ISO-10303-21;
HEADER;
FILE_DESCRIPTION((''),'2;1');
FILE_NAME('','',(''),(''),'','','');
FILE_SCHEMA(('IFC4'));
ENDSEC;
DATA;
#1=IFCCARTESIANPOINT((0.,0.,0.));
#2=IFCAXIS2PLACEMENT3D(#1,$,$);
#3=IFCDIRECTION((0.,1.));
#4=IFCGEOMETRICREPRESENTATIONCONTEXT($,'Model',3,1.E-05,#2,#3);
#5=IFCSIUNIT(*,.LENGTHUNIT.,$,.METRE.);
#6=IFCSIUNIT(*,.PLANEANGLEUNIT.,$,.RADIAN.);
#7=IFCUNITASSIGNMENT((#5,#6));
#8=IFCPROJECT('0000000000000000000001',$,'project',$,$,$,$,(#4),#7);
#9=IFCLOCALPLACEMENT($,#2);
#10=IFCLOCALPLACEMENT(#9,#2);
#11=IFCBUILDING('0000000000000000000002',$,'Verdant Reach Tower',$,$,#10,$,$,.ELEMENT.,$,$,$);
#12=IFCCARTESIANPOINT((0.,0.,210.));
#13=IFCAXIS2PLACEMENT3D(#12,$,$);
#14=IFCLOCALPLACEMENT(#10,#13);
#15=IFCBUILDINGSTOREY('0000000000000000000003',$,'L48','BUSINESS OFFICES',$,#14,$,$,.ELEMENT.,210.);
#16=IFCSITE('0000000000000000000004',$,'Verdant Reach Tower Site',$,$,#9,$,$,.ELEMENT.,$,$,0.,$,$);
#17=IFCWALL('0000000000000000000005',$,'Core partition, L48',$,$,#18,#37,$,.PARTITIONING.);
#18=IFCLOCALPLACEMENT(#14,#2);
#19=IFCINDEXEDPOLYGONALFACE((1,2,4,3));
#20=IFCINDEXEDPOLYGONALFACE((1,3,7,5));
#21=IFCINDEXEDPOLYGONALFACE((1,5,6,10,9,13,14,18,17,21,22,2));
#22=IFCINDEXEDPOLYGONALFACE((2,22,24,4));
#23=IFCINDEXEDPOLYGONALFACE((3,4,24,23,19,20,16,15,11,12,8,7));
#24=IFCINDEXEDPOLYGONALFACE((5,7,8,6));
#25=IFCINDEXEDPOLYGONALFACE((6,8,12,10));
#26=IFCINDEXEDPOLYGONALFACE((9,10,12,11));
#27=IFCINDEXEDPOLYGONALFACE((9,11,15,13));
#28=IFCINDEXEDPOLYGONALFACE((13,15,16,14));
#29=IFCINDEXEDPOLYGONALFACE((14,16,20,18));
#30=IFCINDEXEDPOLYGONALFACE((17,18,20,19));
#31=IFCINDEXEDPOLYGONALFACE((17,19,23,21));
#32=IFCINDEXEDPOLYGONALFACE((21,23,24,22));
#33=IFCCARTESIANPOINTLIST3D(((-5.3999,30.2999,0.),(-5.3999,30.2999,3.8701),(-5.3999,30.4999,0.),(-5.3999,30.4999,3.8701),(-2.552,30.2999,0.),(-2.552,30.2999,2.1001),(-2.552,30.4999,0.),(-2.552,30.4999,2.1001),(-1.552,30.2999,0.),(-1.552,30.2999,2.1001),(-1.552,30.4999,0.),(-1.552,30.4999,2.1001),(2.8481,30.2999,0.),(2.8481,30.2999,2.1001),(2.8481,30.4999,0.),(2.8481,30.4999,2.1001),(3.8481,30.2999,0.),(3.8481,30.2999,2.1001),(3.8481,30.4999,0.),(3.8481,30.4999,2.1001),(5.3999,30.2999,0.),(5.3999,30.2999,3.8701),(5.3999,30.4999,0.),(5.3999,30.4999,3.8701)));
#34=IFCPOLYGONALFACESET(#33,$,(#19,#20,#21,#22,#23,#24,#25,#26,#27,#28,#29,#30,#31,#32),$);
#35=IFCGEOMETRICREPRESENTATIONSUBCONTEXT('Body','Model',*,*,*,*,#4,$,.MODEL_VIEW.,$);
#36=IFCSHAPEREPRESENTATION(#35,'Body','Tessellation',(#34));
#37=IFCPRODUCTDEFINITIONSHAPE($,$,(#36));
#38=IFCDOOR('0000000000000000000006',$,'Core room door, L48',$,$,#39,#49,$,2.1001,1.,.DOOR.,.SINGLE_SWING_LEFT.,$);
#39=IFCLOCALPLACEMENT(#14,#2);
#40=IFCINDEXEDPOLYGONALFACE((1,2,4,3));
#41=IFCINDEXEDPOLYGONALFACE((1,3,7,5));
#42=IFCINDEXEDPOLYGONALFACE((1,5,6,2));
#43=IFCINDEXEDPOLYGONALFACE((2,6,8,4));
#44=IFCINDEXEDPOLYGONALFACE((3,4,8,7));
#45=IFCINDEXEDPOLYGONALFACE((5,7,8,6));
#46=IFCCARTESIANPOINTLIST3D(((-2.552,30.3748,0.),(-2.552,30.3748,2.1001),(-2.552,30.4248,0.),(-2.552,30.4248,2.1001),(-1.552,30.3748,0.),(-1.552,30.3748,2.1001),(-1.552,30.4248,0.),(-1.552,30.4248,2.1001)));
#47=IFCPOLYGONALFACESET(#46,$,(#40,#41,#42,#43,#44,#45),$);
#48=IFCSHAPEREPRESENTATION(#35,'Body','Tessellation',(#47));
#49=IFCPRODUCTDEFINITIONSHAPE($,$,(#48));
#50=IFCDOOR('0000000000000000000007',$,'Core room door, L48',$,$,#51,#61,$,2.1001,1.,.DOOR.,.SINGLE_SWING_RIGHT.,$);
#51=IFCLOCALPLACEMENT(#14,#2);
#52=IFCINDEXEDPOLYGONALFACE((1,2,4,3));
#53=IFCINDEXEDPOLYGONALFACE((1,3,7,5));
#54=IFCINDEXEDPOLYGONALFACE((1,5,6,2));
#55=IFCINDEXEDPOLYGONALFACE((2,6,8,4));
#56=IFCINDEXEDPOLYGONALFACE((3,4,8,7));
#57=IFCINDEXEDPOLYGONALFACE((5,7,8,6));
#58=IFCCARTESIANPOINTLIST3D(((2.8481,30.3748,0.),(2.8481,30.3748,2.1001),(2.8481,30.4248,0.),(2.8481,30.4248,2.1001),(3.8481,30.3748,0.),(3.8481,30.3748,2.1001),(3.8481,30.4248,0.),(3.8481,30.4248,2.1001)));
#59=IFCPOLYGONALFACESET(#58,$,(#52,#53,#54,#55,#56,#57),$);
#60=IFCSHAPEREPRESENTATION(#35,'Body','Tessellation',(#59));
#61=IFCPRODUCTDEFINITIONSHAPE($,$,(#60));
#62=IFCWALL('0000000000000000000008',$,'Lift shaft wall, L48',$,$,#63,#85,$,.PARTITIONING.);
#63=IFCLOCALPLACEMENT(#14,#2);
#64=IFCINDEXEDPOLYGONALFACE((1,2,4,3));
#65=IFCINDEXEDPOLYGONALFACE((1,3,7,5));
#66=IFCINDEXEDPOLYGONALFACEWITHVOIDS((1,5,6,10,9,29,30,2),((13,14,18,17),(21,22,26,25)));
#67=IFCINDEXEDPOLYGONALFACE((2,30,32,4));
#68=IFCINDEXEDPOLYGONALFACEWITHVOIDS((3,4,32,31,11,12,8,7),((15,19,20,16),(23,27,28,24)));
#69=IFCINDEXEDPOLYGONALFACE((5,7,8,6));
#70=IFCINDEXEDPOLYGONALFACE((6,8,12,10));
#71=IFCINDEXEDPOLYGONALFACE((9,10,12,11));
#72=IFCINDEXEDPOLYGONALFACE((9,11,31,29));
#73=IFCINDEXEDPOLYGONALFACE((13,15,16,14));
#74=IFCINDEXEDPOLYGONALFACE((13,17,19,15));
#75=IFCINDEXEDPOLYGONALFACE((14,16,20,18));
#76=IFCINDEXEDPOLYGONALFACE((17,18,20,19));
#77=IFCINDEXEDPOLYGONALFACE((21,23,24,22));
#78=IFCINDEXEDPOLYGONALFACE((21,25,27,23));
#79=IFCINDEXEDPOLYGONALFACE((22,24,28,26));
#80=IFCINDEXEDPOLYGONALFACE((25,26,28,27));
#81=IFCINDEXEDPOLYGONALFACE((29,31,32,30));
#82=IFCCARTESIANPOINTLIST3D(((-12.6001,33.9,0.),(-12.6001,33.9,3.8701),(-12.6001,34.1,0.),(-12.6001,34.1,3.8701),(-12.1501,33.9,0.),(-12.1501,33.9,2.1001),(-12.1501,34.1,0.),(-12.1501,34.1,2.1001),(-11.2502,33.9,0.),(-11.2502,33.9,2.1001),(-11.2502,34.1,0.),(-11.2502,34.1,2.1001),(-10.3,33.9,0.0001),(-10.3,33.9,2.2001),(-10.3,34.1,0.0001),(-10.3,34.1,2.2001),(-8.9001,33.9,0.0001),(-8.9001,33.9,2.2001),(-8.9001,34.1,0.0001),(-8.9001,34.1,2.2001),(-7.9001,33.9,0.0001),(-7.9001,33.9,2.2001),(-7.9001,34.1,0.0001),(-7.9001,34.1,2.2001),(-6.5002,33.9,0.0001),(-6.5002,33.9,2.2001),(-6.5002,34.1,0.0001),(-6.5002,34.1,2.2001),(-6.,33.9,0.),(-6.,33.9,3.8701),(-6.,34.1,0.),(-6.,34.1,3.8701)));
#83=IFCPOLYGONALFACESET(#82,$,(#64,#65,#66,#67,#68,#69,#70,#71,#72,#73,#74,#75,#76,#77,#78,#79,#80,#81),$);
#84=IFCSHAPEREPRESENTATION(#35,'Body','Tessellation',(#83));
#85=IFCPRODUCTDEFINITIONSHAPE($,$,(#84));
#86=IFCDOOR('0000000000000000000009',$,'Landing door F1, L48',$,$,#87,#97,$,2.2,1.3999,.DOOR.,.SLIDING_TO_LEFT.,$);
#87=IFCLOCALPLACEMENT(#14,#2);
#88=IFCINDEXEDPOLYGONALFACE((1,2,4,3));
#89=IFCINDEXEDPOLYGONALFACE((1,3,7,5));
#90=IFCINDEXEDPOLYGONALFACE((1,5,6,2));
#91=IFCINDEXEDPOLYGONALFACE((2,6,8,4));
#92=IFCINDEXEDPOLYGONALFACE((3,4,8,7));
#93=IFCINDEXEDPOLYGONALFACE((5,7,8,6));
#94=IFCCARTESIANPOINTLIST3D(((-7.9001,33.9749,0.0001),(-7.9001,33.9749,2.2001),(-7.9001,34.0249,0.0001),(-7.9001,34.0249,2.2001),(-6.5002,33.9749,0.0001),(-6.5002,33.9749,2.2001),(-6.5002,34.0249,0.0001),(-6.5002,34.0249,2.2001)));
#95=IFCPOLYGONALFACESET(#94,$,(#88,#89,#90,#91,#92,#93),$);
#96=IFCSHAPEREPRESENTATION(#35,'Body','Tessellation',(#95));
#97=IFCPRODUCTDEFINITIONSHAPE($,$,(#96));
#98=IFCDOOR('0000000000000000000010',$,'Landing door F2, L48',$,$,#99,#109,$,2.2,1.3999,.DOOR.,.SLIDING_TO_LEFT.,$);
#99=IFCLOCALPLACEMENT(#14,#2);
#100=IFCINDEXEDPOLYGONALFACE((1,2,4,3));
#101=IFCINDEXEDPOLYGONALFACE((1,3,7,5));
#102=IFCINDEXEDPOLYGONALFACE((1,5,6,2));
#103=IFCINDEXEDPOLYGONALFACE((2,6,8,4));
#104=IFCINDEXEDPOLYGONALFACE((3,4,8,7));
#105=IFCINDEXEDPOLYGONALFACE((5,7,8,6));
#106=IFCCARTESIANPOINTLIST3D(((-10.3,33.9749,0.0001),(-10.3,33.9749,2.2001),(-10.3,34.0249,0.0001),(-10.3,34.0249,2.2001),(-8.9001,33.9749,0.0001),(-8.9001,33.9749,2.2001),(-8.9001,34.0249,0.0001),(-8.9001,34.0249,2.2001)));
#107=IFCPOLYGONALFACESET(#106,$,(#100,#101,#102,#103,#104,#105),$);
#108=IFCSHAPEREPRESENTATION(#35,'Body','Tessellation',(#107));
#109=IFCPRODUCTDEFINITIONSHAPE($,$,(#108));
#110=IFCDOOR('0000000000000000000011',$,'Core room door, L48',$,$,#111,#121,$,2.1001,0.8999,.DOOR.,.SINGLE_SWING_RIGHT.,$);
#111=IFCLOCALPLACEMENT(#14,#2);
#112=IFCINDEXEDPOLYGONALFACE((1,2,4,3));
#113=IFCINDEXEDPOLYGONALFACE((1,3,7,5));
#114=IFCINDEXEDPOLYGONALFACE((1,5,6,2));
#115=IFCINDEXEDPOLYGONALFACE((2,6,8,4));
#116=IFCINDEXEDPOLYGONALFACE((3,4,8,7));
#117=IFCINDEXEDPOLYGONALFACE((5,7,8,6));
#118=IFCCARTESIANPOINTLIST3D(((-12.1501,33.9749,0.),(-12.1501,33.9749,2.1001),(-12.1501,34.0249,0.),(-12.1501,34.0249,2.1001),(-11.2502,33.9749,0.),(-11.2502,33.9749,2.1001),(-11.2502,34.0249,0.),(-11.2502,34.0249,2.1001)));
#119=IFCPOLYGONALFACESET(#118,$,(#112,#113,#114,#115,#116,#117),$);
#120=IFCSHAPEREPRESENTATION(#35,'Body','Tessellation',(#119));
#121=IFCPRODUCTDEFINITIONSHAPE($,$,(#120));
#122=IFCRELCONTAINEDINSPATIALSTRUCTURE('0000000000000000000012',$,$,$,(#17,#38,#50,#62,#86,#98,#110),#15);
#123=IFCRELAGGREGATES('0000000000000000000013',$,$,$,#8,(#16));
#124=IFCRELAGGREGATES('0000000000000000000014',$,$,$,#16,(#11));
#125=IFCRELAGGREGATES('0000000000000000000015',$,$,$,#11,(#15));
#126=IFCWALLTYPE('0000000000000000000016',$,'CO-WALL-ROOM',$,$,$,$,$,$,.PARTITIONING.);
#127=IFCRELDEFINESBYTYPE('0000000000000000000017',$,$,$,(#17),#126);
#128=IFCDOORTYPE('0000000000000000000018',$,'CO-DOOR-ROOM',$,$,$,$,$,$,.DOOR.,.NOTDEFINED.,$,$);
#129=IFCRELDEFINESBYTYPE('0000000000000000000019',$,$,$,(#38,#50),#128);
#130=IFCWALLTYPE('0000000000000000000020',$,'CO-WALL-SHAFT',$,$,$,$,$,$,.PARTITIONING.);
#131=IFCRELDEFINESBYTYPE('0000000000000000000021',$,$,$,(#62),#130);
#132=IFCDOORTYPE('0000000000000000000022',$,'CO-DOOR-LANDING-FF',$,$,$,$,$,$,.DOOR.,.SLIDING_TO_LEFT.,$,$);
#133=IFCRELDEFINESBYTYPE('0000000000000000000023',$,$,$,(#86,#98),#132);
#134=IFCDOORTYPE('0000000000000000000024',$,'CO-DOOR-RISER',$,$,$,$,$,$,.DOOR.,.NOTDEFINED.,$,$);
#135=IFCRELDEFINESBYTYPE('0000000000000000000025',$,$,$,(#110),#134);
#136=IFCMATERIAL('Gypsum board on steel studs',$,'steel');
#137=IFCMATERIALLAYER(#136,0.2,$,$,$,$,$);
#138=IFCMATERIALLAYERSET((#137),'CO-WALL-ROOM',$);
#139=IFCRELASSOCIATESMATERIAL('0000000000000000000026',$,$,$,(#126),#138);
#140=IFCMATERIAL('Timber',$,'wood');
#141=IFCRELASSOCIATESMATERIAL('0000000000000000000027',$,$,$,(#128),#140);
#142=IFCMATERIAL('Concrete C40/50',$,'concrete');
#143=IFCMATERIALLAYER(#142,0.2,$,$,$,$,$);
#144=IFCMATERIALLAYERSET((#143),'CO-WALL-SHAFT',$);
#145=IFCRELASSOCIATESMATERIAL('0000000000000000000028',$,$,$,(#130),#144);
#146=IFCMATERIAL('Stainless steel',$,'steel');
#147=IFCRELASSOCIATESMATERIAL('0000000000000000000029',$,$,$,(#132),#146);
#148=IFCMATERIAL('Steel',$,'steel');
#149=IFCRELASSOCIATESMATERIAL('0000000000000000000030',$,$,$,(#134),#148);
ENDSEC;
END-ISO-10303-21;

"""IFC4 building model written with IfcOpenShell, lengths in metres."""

from ifc_helpers import new_model, si_unit, direction, frame, frame_2d, origin, place, context, subcontext, project, spatial, rectangle, extrude, material, layer, layer_set, type_object, element, fill, save


model = new_model("IFC4")

# Units and contexts
model_context = context("Model", 3, precision=1e-05, world=origin(), true_north=direction((0.0, 1.0)))
body_context = subcontext(model_context, "Body", "Model", "MODEL_VIEW")
ifc_project = project(units=[si_unit("LENGTHUNIT", "METRE"), si_unit("PLANEANGLEUNIT", "RADIAN")], contexts=[model_context])

# Site, building, storey
site_placement = place(None, origin())
site = spatial("IfcSite", under=ifc_project, at=site_placement, Name="Verdant Reach Tower Site", CompositionType="ELEMENT", RefElevation=0.0)
building_placement = place(site_placement, origin())
building = spatial("IfcBuilding", under=site, at=building_placement, Name="Verdant Reach Tower", CompositionType="ELEMENT")
storey_placement = place(building_placement, frame((0.0, 0.0, 210.0)))
storey = spatial("IfcBuildingStorey", under=building, at=storey_placement, Name="L48", Description="BUSINESS OFFICES", CompositionType="ELEMENT", Elevation=210.0)

# Walls, openings, doors
ifc_material_1 = material(Name="Gypsum board on steel studs", Category="steel")
ifc_layer_1 = layer(ifc_material_1, 0.2)
ifc_layer_set_1 = layer_set([ifc_layer_1], Name="CO-WALL-ROOM")
wall_type_1 = type_object("IfcWallType", Name="CO-WALL-ROOM", PredefinedType="PARTITIONING", material=ifc_layer_set_1)
wall_1_placement = place(storey_placement, frame((-5.3999, 30.3999, 0.0), z_axis=(0.0, 0.0, 1.0), x_axis=(1.0, 0.0, 0.0)))
wall_1 = element("IfcWall", 1, at=wall_1_placement, inside=storey, type_object=wall_type_1, Name="Core partition, L48", PredefinedType="PARTITIONING", context=body_context, shape_type="SweptSolid", body=[
    extrude(rectangle(XDim=10.7998, YDim=0.2, at=frame_2d((5.3999, 0.0))), origin(), (0.0, 0.0, 1.0), 3.8701),
])
opening_1_placement = place(wall_1_placement, frame((2.8479, 0.0, 0.0)))
opening_1 = element("IfcOpeningElement", 2, at=opening_1_placement, cuts=wall_1, PredefinedType="OPENING", context=body_context, shape_type="SweptSolid", body=[
    extrude(rectangle(XDim=1.0, YDim=2.1001, at=frame_2d((0.5, 1.05))), frame((0.0, 0.1099, 0.0), z_axis=(0.0, -1.0, 0.0), x_axis=(1.0, 0.0, 0.0)), (0.0, 0.0, 1.0), 0.22),
])
opening_2_placement = place(wall_1_placement, frame((8.248, 0.0, 0.0)))
opening_2 = element("IfcOpeningElement", 3, at=opening_2_placement, cuts=wall_1, PredefinedType="OPENING", context=body_context, shape_type="SweptSolid", body=[
    extrude(rectangle(XDim=1.0, YDim=2.1001, at=frame_2d((0.5, 1.05))), frame((0.0, 0.1099, 0.0), z_axis=(0.0, -1.0, 0.0), x_axis=(1.0, 0.0, 0.0)), (0.0, 0.0, 1.0), 0.22),
])
ifc_material_2 = material(Name="Timber", Category="wood")
door_type_1 = type_object("IfcDoorType", Name="CO-DOOR-ROOM", OperationType="NOTDEFINED", PredefinedType="DOOR", material=ifc_material_2)
door_1_placement = place(opening_1_placement, origin())
door_1 = element("IfcDoor", 4, at=door_1_placement, inside=storey, type_object=door_type_1, Name="Core room door, L48", OperationType="SINGLE_SWING_LEFT", OverallHeight=2.1001, OverallWidth=1.0, PredefinedType="DOOR", context=body_context, shape_type="SweptSolid", body=[
    extrude(rectangle(XDim=1.0, YDim=2.1001, at=frame_2d((0.5, 1.05))), frame((0.0, 0.0249, 0.0), z_axis=(0.0, -1.0, 0.0), x_axis=(1.0, 0.0, 0.0)), (0.0, 0.0, 1.0), 0.05),
])
fill(opening_1, door_1)
door_2_placement = place(opening_2_placement, origin())
door_2 = element("IfcDoor", 5, at=door_2_placement, inside=storey, type_object=door_type_1, Name="Core room door, L48", OperationType="SINGLE_SWING_RIGHT", OverallHeight=2.1001, OverallWidth=1.0, PredefinedType="DOOR", context=body_context, shape_type="SweptSolid", body=[
    extrude(rectangle(XDim=1.0, YDim=2.1001, at=frame_2d((0.5, 1.05))), frame((0.0, 0.0249, 0.0), z_axis=(0.0, -1.0, 0.0), x_axis=(1.0, 0.0, 0.0)), (0.0, 0.0, 1.0), 0.05),
])
fill(opening_2, door_2)
ifc_material_3 = material(Name="Concrete C40/50", Category="concrete")
ifc_layer_2 = layer(ifc_material_3, 0.2)
ifc_layer_set_2 = layer_set([ifc_layer_2], Name="CO-WALL-SHAFT")
wall_type_2 = type_object("IfcWallType", Name="CO-WALL-SHAFT", PredefinedType="PARTITIONING", material=ifc_layer_set_2)
wall_2_placement = place(storey_placement, frame((-12.6001, 34.0, 0.0), z_axis=(0.0, 0.0, 1.0), x_axis=(1.0, 0.0, 0.0)))
wall_2 = element("IfcWall", 6, at=wall_2_placement, inside=storey, type_object=wall_type_2, Name="Lift shaft wall, L48", PredefinedType="PARTITIONING", context=body_context, shape_type="SweptSolid", body=[
    extrude(rectangle(XDim=6.6001, YDim=0.2, at=frame_2d((3.3, 0.0))), origin(), (0.0, 0.0, 1.0), 3.8701),
])
opening_3_placement = place(wall_2_placement, frame((4.7, 0.0, 0.0)))
opening_3 = element("IfcOpeningElement", 7, at=opening_3_placement, cuts=wall_2, PredefinedType="OPENING", context=body_context, shape_type="SweptSolid", body=[
    extrude(rectangle(XDim=1.3999, YDim=2.2, at=frame_2d((0.7, 1.1001))), frame((0.0, 0.1099, 0.0), z_axis=(0.0, -1.0, 0.0), x_axis=(1.0, 0.0, 0.0)), (0.0, 0.0, 1.0), 0.22),
])
opening_4_placement = place(wall_2_placement, frame((2.3, 0.0, 0.0)))
opening_4 = element("IfcOpeningElement", 8, at=opening_4_placement, cuts=wall_2, PredefinedType="OPENING", context=body_context, shape_type="SweptSolid", body=[
    extrude(rectangle(XDim=1.3999, YDim=2.2, at=frame_2d((0.7, 1.1001))), frame((0.0, 0.1099, 0.0), z_axis=(0.0, -1.0, 0.0), x_axis=(1.0, 0.0, 0.0)), (0.0, 0.0, 1.0), 0.22),
])
opening_5_placement = place(wall_2_placement, frame((0.45, 0.0, 0.0)))
opening_5 = element("IfcOpeningElement", 9, at=opening_5_placement, cuts=wall_2, PredefinedType="OPENING", context=body_context, shape_type="SweptSolid", body=[
    extrude(rectangle(XDim=0.8999, YDim=2.1001, at=frame_2d((0.45, 1.05))), frame((0.0, 0.1099, 0.0), z_axis=(0.0, -1.0, 0.0), x_axis=(1.0, 0.0, 0.0)), (0.0, 0.0, 1.0), 0.22),
])
ifc_material_4 = material(Name="Stainless steel", Category="steel")
door_type_2 = type_object("IfcDoorType", Name="CO-DOOR-LANDING-FF", OperationType="SLIDING_TO_LEFT", PredefinedType="DOOR", material=ifc_material_4)
door_3_placement = place(opening_3_placement, origin())
door_3 = element("IfcDoor", 10, at=door_3_placement, inside=storey, type_object=door_type_2, Name="Landing door F1, L48", OperationType="SLIDING_TO_LEFT", OverallHeight=2.2, OverallWidth=1.3999, PredefinedType="DOOR", context=body_context, shape_type="SweptSolid", body=[
    extrude(rectangle(XDim=1.3999, YDim=2.2, at=frame_2d((0.7, 1.1001))), frame((0.0, 0.0249, 0.0), z_axis=(0.0, -1.0, 0.0), x_axis=(1.0, 0.0, 0.0)), (0.0, 0.0, 1.0), 0.05),
])
fill(opening_3, door_3)
door_4_placement = place(opening_4_placement, origin())
door_4 = element("IfcDoor", 11, at=door_4_placement, inside=storey, type_object=door_type_2, Name="Landing door F2, L48", OperationType="SLIDING_TO_LEFT", OverallHeight=2.2, OverallWidth=1.3999, PredefinedType="DOOR", context=body_context, shape_type="SweptSolid", body=[
    extrude(rectangle(XDim=1.3999, YDim=2.2, at=frame_2d((0.7, 1.1001))), frame((0.0, 0.0249, 0.0), z_axis=(0.0, -1.0, 0.0), x_axis=(1.0, 0.0, 0.0)), (0.0, 0.0, 1.0), 0.05),
])
fill(opening_4, door_4)
ifc_material_5 = material(Name="Steel", Category="steel")
door_type_3 = type_object("IfcDoorType", Name="CO-DOOR-RISER", OperationType="NOTDEFINED", PredefinedType="DOOR", material=ifc_material_5)
door_5_placement = place(opening_5_placement, origin())
door_5 = element("IfcDoor", 12, at=door_5_placement, inside=storey, type_object=door_type_3, Name="Core room door, L48", OperationType="SINGLE_SWING_RIGHT", OverallHeight=2.1001, OverallWidth=0.8999, PredefinedType="DOOR", context=body_context, shape_type="SweptSolid", body=[
    extrude(rectangle(XDim=0.8999, YDim=2.1001, at=frame_2d((0.45, 1.05))), frame((0.0, 0.0249, 0.0), z_axis=(0.0, -1.0, 0.0), x_axis=(1.0, 0.0, 0.0)), (0.0, 0.0, 1.0), 0.05),
])
fill(opening_5, door_5)

save(model, "model.ifc")
